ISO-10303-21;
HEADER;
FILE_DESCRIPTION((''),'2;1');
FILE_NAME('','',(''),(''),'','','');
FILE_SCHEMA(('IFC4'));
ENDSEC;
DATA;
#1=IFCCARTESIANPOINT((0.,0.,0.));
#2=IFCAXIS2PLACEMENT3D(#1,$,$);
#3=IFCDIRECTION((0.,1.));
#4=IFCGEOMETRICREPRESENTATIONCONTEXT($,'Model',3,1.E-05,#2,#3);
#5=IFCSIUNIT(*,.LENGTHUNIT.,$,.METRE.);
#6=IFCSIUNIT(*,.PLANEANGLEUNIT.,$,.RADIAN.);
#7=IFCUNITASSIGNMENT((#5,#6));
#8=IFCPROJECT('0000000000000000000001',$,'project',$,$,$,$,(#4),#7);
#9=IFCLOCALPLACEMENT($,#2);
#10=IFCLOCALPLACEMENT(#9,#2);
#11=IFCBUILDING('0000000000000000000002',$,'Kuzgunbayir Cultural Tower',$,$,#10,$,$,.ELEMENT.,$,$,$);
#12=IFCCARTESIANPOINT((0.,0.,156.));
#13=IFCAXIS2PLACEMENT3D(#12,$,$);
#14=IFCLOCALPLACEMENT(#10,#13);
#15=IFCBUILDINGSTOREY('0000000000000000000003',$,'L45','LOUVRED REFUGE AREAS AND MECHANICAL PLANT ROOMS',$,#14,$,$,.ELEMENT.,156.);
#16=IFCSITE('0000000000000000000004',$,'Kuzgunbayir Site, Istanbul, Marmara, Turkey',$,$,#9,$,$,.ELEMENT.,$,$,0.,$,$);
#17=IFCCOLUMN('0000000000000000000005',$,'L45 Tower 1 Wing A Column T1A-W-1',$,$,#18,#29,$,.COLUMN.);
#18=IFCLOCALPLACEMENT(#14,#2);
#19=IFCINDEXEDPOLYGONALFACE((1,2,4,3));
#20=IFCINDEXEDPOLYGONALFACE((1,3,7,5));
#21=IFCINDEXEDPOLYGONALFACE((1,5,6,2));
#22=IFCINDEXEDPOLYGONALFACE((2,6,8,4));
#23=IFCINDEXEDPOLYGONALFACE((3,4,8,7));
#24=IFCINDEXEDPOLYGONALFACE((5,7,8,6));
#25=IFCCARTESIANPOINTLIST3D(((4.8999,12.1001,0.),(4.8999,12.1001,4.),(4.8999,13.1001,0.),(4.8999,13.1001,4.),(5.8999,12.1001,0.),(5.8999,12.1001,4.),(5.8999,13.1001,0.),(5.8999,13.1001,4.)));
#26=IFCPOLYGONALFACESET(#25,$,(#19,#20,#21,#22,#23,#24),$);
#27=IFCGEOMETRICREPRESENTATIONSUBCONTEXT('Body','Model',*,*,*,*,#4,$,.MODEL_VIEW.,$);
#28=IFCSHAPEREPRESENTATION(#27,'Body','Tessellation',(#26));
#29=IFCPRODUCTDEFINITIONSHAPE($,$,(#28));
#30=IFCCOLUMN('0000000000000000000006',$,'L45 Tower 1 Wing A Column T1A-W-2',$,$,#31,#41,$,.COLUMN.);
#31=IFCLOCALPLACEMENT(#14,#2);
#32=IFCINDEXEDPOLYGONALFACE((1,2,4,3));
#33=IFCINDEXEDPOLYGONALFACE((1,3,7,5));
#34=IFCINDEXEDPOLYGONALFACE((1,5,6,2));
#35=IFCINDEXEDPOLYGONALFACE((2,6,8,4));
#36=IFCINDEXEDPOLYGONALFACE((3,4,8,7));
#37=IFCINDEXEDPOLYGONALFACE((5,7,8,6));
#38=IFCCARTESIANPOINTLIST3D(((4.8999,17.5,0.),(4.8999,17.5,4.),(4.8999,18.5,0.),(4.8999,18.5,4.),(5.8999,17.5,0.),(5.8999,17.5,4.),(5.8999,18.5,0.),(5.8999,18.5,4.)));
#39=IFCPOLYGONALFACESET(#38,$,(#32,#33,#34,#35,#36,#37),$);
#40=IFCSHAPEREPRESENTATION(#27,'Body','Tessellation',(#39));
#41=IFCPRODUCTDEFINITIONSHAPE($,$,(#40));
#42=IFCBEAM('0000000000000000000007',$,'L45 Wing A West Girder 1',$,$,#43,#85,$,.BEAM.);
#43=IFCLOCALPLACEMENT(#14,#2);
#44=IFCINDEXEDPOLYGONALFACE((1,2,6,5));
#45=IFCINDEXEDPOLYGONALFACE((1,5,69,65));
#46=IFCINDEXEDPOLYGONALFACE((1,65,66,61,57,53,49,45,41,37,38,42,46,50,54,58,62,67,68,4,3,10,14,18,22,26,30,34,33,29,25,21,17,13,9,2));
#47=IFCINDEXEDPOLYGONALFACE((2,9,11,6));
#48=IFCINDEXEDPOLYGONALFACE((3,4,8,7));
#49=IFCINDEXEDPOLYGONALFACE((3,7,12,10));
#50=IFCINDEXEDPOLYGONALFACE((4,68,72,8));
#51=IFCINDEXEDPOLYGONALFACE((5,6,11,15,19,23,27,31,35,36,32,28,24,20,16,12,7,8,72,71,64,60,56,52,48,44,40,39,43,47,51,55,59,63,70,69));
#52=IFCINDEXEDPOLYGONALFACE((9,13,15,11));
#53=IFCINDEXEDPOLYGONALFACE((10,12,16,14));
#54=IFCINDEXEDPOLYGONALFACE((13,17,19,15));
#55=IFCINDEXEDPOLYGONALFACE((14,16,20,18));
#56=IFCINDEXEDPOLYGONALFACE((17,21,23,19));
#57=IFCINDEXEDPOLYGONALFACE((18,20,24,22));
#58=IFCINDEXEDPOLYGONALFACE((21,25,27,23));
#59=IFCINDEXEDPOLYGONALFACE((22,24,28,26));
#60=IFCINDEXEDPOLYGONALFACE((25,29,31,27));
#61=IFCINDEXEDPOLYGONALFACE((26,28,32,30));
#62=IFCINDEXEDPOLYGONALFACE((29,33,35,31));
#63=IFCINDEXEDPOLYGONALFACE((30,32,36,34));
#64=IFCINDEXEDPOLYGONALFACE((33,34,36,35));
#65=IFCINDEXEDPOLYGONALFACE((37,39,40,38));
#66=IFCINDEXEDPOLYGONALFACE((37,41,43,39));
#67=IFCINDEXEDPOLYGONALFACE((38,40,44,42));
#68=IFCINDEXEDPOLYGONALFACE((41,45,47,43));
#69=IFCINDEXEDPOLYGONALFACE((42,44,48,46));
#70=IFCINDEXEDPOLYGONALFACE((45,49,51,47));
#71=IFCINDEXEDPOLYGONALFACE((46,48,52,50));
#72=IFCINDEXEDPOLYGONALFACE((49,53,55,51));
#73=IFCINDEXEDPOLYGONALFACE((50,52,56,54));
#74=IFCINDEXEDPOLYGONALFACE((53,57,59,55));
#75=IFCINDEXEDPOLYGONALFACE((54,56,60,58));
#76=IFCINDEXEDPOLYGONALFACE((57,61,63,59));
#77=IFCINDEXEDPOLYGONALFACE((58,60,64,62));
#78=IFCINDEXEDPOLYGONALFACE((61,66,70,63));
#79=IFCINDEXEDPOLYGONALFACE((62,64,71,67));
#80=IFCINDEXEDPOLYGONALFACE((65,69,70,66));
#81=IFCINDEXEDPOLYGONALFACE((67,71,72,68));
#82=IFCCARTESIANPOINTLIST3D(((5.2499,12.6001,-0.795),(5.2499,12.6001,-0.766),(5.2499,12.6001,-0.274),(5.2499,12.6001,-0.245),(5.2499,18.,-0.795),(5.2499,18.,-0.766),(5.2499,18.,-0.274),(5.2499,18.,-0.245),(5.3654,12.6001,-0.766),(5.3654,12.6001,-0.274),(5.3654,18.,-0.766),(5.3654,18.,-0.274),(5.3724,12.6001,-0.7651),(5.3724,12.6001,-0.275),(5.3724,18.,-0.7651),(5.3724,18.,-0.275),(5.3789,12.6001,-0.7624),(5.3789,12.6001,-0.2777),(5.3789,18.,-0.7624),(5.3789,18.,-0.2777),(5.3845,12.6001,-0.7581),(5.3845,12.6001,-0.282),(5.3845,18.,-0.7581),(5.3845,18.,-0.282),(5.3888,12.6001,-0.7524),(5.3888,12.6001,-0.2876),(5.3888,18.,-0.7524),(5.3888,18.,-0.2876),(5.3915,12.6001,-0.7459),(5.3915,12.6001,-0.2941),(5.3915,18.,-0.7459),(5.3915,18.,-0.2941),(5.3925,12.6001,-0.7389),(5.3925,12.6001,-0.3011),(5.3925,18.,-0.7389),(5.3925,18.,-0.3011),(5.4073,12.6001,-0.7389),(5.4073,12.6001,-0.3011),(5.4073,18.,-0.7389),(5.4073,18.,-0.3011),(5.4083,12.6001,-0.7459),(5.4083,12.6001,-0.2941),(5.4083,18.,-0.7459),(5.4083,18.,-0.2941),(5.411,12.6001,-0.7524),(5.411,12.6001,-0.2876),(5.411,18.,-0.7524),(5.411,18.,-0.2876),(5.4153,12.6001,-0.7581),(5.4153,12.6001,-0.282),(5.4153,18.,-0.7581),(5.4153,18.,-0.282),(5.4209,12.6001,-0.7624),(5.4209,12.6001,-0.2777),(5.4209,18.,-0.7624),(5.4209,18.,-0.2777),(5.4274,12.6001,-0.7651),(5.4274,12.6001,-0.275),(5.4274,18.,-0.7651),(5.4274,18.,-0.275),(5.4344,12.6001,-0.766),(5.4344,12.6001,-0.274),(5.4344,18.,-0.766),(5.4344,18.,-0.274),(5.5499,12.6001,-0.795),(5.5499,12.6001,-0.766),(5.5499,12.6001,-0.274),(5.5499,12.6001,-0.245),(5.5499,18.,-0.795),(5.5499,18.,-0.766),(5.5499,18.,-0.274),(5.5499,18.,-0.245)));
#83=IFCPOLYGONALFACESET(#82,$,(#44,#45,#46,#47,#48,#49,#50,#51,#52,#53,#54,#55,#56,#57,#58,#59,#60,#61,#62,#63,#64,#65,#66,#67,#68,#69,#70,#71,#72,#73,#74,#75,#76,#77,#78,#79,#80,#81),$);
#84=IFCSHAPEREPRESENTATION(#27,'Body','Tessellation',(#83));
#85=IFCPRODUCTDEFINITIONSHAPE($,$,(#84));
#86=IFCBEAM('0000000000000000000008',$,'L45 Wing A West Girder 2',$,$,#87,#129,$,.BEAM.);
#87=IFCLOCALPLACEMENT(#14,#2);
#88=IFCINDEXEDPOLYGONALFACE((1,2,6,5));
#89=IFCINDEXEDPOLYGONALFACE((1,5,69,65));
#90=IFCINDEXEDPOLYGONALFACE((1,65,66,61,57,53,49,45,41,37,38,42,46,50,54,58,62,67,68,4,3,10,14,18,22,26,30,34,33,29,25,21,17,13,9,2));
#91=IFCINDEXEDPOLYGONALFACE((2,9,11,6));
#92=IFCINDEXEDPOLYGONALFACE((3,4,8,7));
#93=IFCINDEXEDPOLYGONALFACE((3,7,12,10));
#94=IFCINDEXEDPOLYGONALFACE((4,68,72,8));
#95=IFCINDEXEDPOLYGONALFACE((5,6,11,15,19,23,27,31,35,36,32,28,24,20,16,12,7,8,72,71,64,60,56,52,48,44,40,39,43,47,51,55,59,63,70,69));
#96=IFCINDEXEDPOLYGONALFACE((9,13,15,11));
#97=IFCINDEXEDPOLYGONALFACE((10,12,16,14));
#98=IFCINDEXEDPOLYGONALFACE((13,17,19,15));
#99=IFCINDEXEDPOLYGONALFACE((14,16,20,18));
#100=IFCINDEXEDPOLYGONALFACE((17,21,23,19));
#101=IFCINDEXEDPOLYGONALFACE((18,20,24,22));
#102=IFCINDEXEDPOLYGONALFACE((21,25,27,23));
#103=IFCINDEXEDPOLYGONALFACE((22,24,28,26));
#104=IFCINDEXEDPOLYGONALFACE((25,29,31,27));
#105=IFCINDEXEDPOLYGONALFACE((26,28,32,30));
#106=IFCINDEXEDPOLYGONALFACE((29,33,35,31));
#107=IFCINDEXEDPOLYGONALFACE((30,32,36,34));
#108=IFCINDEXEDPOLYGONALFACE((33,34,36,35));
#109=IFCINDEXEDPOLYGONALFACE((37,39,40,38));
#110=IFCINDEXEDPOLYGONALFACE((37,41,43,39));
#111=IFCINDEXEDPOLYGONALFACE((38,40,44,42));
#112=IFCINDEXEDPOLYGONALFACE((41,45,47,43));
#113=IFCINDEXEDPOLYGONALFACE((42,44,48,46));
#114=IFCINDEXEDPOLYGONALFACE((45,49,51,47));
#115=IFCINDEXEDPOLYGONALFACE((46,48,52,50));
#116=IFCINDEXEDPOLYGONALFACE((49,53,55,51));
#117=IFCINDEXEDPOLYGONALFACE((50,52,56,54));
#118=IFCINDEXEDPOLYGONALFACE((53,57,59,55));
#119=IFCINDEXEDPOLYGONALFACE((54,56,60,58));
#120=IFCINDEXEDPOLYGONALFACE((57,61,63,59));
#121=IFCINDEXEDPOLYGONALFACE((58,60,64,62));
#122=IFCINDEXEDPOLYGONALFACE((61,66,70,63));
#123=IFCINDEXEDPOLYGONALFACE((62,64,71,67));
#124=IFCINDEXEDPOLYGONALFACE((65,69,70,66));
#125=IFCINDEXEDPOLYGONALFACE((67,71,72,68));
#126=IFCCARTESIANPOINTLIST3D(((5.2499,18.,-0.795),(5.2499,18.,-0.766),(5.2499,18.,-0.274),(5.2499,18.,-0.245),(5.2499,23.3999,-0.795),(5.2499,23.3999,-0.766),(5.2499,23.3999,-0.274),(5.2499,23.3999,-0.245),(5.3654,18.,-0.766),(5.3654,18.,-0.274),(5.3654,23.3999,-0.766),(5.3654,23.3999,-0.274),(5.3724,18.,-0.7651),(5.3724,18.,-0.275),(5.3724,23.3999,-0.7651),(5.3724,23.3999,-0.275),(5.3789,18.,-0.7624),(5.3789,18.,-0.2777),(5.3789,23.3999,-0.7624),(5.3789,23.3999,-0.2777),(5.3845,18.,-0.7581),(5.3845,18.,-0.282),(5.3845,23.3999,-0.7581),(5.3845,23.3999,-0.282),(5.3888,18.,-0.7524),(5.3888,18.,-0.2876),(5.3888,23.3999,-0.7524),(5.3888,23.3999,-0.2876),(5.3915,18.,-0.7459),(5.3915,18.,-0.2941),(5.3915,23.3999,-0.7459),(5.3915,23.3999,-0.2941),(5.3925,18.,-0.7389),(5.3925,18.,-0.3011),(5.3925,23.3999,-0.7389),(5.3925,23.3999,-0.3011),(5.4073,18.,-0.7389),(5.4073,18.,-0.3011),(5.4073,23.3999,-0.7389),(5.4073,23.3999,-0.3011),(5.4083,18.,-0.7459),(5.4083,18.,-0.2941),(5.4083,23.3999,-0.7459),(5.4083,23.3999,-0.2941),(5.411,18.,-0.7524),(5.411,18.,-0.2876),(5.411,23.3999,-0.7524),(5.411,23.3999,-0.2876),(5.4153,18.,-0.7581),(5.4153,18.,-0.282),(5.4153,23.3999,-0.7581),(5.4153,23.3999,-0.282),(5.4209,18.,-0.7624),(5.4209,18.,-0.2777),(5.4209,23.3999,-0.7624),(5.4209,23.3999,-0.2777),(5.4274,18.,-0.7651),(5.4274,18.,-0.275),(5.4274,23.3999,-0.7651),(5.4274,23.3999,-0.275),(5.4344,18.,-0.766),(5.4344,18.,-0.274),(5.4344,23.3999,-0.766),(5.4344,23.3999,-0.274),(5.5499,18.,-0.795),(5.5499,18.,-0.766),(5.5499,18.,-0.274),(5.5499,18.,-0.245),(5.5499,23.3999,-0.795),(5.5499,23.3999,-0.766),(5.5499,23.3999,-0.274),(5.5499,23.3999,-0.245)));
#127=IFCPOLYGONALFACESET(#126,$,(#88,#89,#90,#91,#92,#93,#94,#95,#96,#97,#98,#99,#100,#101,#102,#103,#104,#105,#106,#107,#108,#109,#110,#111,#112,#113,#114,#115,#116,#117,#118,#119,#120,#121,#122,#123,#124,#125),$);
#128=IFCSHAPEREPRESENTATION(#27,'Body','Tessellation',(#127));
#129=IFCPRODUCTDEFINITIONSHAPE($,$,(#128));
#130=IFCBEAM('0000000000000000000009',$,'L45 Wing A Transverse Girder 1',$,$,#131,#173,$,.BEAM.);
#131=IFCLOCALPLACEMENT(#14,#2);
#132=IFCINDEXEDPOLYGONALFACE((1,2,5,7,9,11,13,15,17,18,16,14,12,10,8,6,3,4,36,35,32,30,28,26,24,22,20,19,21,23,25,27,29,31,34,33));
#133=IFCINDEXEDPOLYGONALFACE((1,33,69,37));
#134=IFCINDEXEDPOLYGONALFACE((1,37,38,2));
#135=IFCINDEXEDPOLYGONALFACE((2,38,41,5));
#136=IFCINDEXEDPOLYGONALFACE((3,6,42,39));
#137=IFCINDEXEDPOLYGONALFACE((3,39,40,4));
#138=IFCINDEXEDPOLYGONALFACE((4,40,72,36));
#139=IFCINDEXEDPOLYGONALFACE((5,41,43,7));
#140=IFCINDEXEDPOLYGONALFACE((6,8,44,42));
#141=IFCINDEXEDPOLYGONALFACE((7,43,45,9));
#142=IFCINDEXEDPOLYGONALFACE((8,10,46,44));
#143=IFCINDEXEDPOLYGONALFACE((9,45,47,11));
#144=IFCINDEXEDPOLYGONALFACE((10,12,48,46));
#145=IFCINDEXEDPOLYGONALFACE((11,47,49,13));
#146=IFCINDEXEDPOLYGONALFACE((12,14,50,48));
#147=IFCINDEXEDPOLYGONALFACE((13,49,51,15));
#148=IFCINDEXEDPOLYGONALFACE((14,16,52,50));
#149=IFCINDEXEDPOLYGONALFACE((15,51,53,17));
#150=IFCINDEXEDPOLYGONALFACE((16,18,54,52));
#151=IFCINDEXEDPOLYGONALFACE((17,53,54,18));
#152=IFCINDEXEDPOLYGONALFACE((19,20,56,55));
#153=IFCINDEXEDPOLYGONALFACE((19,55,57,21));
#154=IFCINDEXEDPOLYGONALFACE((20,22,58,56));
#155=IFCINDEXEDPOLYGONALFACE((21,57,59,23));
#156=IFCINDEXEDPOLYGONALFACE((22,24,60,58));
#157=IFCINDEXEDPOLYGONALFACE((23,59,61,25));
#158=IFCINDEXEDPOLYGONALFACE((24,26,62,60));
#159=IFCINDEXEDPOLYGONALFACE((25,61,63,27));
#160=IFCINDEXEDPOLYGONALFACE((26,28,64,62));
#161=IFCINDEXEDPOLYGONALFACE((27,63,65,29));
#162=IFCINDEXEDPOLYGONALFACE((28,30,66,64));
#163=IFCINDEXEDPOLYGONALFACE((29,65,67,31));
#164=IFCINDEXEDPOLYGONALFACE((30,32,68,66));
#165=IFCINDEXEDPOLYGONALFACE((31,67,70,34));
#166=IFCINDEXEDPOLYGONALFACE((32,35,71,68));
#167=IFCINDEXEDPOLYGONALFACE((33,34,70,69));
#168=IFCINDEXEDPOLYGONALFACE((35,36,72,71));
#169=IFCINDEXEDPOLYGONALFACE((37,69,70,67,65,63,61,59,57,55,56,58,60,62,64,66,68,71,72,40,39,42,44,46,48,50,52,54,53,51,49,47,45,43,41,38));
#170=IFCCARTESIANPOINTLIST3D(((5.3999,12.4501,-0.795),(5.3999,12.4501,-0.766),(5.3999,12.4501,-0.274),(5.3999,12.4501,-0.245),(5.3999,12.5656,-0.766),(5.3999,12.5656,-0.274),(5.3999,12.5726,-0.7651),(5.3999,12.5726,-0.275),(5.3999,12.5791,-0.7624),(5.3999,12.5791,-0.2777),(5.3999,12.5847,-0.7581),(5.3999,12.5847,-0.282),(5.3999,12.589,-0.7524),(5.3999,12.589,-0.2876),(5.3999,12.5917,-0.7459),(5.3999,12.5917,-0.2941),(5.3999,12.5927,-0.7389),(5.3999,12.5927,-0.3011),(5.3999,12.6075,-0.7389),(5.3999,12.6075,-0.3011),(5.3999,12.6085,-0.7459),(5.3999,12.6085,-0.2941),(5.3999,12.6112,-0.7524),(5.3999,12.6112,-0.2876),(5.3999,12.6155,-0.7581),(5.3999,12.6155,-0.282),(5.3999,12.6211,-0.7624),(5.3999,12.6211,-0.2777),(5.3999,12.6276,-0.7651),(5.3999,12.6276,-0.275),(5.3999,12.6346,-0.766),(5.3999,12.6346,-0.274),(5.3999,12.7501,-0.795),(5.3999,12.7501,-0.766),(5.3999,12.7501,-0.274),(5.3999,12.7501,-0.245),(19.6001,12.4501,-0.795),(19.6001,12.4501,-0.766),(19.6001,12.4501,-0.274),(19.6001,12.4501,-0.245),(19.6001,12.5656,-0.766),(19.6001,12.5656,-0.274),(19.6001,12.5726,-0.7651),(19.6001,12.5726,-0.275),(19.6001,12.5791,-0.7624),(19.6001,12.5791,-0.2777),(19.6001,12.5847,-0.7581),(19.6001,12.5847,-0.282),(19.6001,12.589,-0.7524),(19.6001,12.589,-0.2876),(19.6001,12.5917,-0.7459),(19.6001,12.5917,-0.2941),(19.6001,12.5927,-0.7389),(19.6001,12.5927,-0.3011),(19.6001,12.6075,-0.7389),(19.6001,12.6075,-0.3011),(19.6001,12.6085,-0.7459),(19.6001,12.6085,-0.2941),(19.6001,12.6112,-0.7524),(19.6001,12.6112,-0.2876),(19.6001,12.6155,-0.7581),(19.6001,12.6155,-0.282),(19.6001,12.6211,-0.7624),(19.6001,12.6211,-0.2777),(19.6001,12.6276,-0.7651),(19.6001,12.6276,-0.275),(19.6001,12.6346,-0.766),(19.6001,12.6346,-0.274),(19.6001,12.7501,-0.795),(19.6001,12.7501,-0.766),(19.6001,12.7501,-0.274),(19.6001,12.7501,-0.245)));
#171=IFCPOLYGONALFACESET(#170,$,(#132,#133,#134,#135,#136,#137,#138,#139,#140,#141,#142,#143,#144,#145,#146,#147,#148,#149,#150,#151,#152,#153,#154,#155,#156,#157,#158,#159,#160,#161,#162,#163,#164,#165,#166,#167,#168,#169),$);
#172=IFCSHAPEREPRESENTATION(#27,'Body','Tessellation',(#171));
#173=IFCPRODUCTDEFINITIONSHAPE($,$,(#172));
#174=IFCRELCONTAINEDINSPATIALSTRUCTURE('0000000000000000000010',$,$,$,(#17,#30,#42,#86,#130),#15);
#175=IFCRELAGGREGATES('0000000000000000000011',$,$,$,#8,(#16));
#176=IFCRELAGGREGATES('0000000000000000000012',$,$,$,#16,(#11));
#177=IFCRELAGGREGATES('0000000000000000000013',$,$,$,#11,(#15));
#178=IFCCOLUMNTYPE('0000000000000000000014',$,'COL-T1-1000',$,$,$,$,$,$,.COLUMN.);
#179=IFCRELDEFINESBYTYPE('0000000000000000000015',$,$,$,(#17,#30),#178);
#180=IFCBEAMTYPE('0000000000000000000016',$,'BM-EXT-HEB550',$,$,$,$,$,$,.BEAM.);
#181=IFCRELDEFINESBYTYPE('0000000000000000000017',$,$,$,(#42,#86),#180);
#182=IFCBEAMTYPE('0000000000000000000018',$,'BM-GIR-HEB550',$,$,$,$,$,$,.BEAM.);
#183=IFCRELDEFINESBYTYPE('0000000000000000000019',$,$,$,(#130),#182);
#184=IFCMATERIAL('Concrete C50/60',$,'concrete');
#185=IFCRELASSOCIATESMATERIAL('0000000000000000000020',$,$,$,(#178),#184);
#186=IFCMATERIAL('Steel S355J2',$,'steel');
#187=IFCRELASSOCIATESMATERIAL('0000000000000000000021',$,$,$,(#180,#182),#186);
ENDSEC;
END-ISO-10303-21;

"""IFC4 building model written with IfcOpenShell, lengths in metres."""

from ifc_helpers import new_model, si_unit, direction, frame, origin, origin_2d, place, context, subcontext, project, spatial, rectangle, i_section, extrude, material, material_profile, profile_set, type_object, element, save


model = new_model("IFC4")

# Units and contexts
model_context = context("Model", 3, precision=1e-05, world=origin(), true_north=direction((0.0, 1.0)))
body_context = subcontext(model_context, "Body", "Model", "MODEL_VIEW")
ifc_project = project(units=[si_unit("LENGTHUNIT", "METRE"), si_unit("PLANEANGLEUNIT", "RADIAN")], contexts=[model_context])

# Site, building, storey
site_placement = place(None, origin())
site = spatial("IfcSite", under=ifc_project, at=site_placement, Name="Kuzgunbayir Site, Istanbul, Marmara, Turkey", CompositionType="ELEMENT", RefElevation=0.0)
building_placement = place(site_placement, origin())
building = spatial("IfcBuilding", under=site, at=building_placement, Name="Kuzgunbayir Cultural Tower", CompositionType="ELEMENT")
storey_placement = place(building_placement, frame((0.0, 0.0, 156.0)))
storey = spatial("IfcBuildingStorey", under=building, at=storey_placement, Name="L45", Description="LOUVRED REFUGE AREAS AND MECHANICAL PLANT ROOMS", CompositionType="ELEMENT", Elevation=156.0)

# Columns
ifc_material_1 = material(Name="Concrete C50/60", Category="concrete")
ifc_material_profile_1 = material_profile(ifc_material_1, rectangle(XDim=1.0, YDim=1.0, at=origin_2d()), Name="RC 1000x1000")
ifc_profile_set_1 = profile_set([ifc_material_profile_1], Name="Concrete C50/60")
column_type = type_object("IfcColumnType", Name="COL-T1-1000", PredefinedType="COLUMN", material=ifc_profile_set_1)
for number, where, z_axis, x_axis, name in (
    (1, (5.3999, 12.6001, 0.0), (0.0, 0.0, 1.0), (1.0, 0.0, 0.0), "L45 Tower 1 Wing A Column T1A-W-1"),
    (2, (5.3999, 18.0, 0.0), (0.0, 0.0, 1.0), (1.0, 0.0, 0.0), "L45 Tower 1 Wing A Column T1A-W-2"),
):
    element("IfcColumn", number, at=place(storey_placement, frame(where, z_axis=z_axis, x_axis=x_axis)), inside=storey, type_object=column_type, Name=name, PredefinedType="COLUMN", context=body_context, shape_type="SweptSolid", body=[
        extrude(rectangle(XDim=1.0, YDim=1.0, at=origin_2d()), origin(), (0.0, 0.0, 1.0), 4.0),
    ])

# Beams
ifc_material_2 = material(Name="Steel S355J2", Category="steel")
ifc_material_profile_2 = material_profile(ifc_material_2, i_section(OverallWidth=0.3, OverallDepth=0.55, WebThickness=0.0149, FlangeThickness=0.0291, FilletRadius=0.0271, at=origin_2d()), Name="HEB 550")
ifc_profile_set_2 = profile_set([ifc_material_profile_2], Name="Steel S355J2")
beam_type_1 = type_object("IfcBeamType", Name="BM-EXT-HEB550", PredefinedType="BEAM", material=ifc_profile_set_2)
for number, where, z_axis, x_axis, name in (
    (3, (5.3999, 12.6001, -0.52), (0.0, 1.0, 0.0), (-1.0, 0.0, 0.0), "L45 Wing A West Girder 1"),
    (4, (5.3999, 18.0, -0.52), (0.0, 1.0, 0.0), (-1.0, 0.0, 0.0), "L45 Wing A West Girder 2"),
):
    element("IfcBeam", number, at=place(storey_placement, frame(where, z_axis=z_axis, x_axis=x_axis)), inside=storey, type_object=beam_type_1, Name=name, PredefinedType="BEAM", context=body_context, shape_type="SweptSolid", body=[
        extrude(i_section(OverallWidth=0.3, OverallDepth=0.55, WebThickness=0.0149, FlangeThickness=0.0291, FilletRadius=0.0271, at=origin_2d()), origin(), (0.0, 0.0, 1.0), 5.3999),
    ])
ifc_material_profile_3 = material_profile(ifc_material_2, i_section(OverallWidth=0.3, OverallDepth=0.55, WebThickness=0.0149, FlangeThickness=0.0291, FilletRadius=0.0271, at=origin_2d()), Name="HEB 550")
ifc_profile_set_3 = profile_set([ifc_material_profile_3], Name="Steel S355J2")
beam_type_2 = type_object("IfcBeamType", Name="BM-GIR-HEB550", PredefinedType="BEAM", material=ifc_profile_set_3)
for number, where, z_axis, x_axis, name in (
    (5, (5.3999, 12.6001, -0.52), (1.0, 0.0, 0.0), (0.0, 1.0, 0.0), "L45 Wing A Transverse Girder 1"),
):
    element("IfcBeam", number, at=place(storey_placement, frame(where, z_axis=z_axis, x_axis=x_axis)), inside=storey, type_object=beam_type_2, Name=name, PredefinedType="BEAM", context=body_context, shape_type="SweptSolid", body=[
        extrude(i_section(OverallWidth=0.3, OverallDepth=0.55, WebThickness=0.0149, FlangeThickness=0.0291, FilletRadius=0.0271, at=origin_2d()), origin(), (0.0, 0.0, 1.0), 14.2002),
    ])

save(model, "model.ifc")
